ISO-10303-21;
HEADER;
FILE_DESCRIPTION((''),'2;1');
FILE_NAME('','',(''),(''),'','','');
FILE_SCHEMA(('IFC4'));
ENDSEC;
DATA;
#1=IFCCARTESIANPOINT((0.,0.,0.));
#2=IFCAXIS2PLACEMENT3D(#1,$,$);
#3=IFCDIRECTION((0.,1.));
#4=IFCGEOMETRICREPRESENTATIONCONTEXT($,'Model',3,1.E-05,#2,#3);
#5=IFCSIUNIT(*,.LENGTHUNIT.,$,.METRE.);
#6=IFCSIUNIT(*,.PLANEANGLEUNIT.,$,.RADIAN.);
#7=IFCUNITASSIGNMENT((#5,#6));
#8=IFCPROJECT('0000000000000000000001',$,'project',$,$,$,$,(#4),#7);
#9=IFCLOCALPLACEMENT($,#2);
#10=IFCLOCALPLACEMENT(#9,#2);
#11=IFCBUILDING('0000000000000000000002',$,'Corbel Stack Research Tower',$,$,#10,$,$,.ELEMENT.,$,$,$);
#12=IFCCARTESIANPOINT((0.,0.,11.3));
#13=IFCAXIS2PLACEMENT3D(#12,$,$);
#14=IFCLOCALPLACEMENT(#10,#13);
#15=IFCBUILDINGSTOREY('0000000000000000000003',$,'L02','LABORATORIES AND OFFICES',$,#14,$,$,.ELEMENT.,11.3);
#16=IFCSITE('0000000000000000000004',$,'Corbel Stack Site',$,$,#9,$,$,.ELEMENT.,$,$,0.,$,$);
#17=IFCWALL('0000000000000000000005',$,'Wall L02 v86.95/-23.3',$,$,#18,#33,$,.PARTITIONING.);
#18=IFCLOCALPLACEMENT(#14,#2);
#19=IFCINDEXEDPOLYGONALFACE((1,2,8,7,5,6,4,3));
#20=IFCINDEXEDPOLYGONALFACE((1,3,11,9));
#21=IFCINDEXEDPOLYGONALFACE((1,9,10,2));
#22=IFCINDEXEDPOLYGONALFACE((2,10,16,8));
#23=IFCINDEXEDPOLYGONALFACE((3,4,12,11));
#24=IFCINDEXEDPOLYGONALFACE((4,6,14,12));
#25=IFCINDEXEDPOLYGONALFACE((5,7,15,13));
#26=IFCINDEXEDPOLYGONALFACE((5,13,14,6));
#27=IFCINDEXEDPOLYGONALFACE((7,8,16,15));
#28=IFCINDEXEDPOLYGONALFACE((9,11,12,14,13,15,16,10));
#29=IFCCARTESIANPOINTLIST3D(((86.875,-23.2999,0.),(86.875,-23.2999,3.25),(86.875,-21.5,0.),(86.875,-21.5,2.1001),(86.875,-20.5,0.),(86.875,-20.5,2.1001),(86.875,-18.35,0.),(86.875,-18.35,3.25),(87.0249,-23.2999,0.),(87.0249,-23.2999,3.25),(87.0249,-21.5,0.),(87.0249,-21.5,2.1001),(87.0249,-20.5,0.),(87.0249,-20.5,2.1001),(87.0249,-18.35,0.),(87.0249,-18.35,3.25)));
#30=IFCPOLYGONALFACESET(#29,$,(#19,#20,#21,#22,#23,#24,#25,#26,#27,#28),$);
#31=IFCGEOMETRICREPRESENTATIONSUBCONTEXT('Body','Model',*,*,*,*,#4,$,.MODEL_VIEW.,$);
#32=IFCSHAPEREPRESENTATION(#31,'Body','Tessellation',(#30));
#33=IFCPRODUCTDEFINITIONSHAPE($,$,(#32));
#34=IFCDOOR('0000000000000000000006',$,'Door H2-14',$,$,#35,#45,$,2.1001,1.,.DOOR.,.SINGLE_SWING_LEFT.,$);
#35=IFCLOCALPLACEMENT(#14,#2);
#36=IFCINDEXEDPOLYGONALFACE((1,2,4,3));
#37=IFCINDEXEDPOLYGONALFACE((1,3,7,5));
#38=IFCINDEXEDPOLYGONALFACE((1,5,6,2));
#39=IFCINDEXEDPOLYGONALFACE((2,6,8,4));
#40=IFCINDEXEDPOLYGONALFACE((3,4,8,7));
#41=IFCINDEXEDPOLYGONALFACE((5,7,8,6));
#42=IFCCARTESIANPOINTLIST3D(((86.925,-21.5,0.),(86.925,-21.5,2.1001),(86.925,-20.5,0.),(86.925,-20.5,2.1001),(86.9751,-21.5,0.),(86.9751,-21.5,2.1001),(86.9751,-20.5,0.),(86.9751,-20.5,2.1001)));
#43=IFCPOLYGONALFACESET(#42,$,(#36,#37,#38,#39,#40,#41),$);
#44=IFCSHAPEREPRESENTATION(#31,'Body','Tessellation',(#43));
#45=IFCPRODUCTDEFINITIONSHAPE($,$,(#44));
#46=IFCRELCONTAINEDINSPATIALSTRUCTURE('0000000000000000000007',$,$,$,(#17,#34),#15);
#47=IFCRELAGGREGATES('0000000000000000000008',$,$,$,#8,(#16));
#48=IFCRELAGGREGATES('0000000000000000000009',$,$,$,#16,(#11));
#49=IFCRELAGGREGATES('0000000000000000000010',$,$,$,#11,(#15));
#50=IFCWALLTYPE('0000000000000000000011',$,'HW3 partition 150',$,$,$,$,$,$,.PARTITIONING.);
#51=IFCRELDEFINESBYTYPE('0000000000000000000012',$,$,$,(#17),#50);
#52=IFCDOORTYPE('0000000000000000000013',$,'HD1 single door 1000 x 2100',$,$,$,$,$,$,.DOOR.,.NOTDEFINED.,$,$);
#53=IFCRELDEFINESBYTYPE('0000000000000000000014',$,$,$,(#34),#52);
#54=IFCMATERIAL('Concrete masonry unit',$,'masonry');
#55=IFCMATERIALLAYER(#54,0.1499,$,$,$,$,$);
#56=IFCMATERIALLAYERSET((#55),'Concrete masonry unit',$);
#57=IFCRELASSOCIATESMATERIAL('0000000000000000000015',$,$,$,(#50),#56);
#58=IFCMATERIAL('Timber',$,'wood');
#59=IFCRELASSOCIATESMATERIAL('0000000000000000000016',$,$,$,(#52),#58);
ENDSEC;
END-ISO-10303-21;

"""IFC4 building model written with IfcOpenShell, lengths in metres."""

from ifc_helpers import new_model, si_unit, direction, frame, frame_2d, origin, place, context, subcontext, project, spatial, rectangle, extrude, material, layer, layer_set, type_object, element, fill, save


model = new_model("IFC4")

# Units and contexts
model_context = context("Model", 3, precision=1e-05, world=origin(), true_north=direction((0.0, 1.0)))
body_context = subcontext(model_context, "Body", "Model", "MODEL_VIEW")
ifc_project = project(units=[si_unit("LENGTHUNIT", "METRE"), si_unit("PLANEANGLEUNIT", "RADIAN")], contexts=[model_context])

# Site, building, storey
site_placement = place(None, origin())
site = spatial("IfcSite", under=ifc_project, at=site_placement, Name="Corbel Stack Site", CompositionType="ELEMENT", RefElevation=0.0)
building_placement = place(site_placement, origin())
building = spatial("IfcBuilding", under=site, at=building_placement, Name="Corbel Stack Research Tower", CompositionType="ELEMENT")
storey_placement = place(building_placement, frame((0.0, 0.0, 11.3)))
storey = spatial("IfcBuildingStorey", under=building, at=storey_placement, Name="L02", Description="LABORATORIES AND OFFICES", CompositionType="ELEMENT", Elevation=11.3)

# Wall, opening, door
ifc_material_1 = material(Name="Concrete masonry unit", Category="masonry")
ifc_layer_1 = layer(ifc_material_1, 0.1499)
ifc_layer_set_1 = layer_set([ifc_layer_1], Name="Concrete masonry unit")
wall_type_1 = type_object("IfcWallType", Name="HW3 partition 150", PredefinedType="PARTITIONING", material=ifc_layer_set_1)
wall_1_placement = place(storey_placement, frame((86.95, -23.3, 0.0), z_axis=(0.0, 0.0, 1.0), x_axis=(0.0, 1.0, 0.0)))
wall_1 = element("IfcWall", 1, at=wall_1_placement, inside=storey, type_object=wall_type_1, Name="Wall L02 v86.95/-23.3", PredefinedType="PARTITIONING", context=body_context, shape_type="SweptSolid", body=[
    extrude(rectangle(XDim=4.95, YDim=0.1499, at=frame_2d((2.4751, 0.0))), origin(), (0.0, 0.0, 1.0), 3.25),
])
opening_1_placement = place(wall_1_placement, frame((1.8, 0.0, 0.0)))
opening_1 = element("IfcOpeningElement", 2, at=opening_1_placement, cuts=wall_1, PredefinedType="OPENING", context=body_context, shape_type="SweptSolid", body=[
    extrude(rectangle(XDim=1.0, YDim=2.1001, at=frame_2d((0.5, 1.05))), frame((0.0, 0.085, 0.0), z_axis=(0.0, -1.0, 0.0), x_axis=(1.0, 0.0, 0.0)), (0.0, 0.0, 1.0), 0.1699),
])
ifc_material_2 = material(Name="Timber", Category="wood")
door_type = type_object("IfcDoorType", Name="HD1 single door 1000 x 2100", OperationType="NOTDEFINED", PredefinedType="DOOR", material=ifc_material_2)
door_placement = place(opening_1_placement, origin())
door = element("IfcDoor", 3, at=door_placement, inside=storey, type_object=door_type, Name="Door H2-14", OperationType="SINGLE_SWING_LEFT", OverallHeight=2.1001, OverallWidth=1.0, PredefinedType="DOOR", context=body_context, shape_type="SweptSolid", body=[
    extrude(rectangle(XDim=1.0, YDim=2.1001, at=frame_2d((0.5, 1.05))), frame((0.0, 0.0249, 0.0), z_axis=(0.0, -1.0, 0.0), x_axis=(1.0, 0.0, 0.0)), (0.0, 0.0, 1.0), 0.05),
])
fill(opening_1, door)

save(model, "model.ifc")
